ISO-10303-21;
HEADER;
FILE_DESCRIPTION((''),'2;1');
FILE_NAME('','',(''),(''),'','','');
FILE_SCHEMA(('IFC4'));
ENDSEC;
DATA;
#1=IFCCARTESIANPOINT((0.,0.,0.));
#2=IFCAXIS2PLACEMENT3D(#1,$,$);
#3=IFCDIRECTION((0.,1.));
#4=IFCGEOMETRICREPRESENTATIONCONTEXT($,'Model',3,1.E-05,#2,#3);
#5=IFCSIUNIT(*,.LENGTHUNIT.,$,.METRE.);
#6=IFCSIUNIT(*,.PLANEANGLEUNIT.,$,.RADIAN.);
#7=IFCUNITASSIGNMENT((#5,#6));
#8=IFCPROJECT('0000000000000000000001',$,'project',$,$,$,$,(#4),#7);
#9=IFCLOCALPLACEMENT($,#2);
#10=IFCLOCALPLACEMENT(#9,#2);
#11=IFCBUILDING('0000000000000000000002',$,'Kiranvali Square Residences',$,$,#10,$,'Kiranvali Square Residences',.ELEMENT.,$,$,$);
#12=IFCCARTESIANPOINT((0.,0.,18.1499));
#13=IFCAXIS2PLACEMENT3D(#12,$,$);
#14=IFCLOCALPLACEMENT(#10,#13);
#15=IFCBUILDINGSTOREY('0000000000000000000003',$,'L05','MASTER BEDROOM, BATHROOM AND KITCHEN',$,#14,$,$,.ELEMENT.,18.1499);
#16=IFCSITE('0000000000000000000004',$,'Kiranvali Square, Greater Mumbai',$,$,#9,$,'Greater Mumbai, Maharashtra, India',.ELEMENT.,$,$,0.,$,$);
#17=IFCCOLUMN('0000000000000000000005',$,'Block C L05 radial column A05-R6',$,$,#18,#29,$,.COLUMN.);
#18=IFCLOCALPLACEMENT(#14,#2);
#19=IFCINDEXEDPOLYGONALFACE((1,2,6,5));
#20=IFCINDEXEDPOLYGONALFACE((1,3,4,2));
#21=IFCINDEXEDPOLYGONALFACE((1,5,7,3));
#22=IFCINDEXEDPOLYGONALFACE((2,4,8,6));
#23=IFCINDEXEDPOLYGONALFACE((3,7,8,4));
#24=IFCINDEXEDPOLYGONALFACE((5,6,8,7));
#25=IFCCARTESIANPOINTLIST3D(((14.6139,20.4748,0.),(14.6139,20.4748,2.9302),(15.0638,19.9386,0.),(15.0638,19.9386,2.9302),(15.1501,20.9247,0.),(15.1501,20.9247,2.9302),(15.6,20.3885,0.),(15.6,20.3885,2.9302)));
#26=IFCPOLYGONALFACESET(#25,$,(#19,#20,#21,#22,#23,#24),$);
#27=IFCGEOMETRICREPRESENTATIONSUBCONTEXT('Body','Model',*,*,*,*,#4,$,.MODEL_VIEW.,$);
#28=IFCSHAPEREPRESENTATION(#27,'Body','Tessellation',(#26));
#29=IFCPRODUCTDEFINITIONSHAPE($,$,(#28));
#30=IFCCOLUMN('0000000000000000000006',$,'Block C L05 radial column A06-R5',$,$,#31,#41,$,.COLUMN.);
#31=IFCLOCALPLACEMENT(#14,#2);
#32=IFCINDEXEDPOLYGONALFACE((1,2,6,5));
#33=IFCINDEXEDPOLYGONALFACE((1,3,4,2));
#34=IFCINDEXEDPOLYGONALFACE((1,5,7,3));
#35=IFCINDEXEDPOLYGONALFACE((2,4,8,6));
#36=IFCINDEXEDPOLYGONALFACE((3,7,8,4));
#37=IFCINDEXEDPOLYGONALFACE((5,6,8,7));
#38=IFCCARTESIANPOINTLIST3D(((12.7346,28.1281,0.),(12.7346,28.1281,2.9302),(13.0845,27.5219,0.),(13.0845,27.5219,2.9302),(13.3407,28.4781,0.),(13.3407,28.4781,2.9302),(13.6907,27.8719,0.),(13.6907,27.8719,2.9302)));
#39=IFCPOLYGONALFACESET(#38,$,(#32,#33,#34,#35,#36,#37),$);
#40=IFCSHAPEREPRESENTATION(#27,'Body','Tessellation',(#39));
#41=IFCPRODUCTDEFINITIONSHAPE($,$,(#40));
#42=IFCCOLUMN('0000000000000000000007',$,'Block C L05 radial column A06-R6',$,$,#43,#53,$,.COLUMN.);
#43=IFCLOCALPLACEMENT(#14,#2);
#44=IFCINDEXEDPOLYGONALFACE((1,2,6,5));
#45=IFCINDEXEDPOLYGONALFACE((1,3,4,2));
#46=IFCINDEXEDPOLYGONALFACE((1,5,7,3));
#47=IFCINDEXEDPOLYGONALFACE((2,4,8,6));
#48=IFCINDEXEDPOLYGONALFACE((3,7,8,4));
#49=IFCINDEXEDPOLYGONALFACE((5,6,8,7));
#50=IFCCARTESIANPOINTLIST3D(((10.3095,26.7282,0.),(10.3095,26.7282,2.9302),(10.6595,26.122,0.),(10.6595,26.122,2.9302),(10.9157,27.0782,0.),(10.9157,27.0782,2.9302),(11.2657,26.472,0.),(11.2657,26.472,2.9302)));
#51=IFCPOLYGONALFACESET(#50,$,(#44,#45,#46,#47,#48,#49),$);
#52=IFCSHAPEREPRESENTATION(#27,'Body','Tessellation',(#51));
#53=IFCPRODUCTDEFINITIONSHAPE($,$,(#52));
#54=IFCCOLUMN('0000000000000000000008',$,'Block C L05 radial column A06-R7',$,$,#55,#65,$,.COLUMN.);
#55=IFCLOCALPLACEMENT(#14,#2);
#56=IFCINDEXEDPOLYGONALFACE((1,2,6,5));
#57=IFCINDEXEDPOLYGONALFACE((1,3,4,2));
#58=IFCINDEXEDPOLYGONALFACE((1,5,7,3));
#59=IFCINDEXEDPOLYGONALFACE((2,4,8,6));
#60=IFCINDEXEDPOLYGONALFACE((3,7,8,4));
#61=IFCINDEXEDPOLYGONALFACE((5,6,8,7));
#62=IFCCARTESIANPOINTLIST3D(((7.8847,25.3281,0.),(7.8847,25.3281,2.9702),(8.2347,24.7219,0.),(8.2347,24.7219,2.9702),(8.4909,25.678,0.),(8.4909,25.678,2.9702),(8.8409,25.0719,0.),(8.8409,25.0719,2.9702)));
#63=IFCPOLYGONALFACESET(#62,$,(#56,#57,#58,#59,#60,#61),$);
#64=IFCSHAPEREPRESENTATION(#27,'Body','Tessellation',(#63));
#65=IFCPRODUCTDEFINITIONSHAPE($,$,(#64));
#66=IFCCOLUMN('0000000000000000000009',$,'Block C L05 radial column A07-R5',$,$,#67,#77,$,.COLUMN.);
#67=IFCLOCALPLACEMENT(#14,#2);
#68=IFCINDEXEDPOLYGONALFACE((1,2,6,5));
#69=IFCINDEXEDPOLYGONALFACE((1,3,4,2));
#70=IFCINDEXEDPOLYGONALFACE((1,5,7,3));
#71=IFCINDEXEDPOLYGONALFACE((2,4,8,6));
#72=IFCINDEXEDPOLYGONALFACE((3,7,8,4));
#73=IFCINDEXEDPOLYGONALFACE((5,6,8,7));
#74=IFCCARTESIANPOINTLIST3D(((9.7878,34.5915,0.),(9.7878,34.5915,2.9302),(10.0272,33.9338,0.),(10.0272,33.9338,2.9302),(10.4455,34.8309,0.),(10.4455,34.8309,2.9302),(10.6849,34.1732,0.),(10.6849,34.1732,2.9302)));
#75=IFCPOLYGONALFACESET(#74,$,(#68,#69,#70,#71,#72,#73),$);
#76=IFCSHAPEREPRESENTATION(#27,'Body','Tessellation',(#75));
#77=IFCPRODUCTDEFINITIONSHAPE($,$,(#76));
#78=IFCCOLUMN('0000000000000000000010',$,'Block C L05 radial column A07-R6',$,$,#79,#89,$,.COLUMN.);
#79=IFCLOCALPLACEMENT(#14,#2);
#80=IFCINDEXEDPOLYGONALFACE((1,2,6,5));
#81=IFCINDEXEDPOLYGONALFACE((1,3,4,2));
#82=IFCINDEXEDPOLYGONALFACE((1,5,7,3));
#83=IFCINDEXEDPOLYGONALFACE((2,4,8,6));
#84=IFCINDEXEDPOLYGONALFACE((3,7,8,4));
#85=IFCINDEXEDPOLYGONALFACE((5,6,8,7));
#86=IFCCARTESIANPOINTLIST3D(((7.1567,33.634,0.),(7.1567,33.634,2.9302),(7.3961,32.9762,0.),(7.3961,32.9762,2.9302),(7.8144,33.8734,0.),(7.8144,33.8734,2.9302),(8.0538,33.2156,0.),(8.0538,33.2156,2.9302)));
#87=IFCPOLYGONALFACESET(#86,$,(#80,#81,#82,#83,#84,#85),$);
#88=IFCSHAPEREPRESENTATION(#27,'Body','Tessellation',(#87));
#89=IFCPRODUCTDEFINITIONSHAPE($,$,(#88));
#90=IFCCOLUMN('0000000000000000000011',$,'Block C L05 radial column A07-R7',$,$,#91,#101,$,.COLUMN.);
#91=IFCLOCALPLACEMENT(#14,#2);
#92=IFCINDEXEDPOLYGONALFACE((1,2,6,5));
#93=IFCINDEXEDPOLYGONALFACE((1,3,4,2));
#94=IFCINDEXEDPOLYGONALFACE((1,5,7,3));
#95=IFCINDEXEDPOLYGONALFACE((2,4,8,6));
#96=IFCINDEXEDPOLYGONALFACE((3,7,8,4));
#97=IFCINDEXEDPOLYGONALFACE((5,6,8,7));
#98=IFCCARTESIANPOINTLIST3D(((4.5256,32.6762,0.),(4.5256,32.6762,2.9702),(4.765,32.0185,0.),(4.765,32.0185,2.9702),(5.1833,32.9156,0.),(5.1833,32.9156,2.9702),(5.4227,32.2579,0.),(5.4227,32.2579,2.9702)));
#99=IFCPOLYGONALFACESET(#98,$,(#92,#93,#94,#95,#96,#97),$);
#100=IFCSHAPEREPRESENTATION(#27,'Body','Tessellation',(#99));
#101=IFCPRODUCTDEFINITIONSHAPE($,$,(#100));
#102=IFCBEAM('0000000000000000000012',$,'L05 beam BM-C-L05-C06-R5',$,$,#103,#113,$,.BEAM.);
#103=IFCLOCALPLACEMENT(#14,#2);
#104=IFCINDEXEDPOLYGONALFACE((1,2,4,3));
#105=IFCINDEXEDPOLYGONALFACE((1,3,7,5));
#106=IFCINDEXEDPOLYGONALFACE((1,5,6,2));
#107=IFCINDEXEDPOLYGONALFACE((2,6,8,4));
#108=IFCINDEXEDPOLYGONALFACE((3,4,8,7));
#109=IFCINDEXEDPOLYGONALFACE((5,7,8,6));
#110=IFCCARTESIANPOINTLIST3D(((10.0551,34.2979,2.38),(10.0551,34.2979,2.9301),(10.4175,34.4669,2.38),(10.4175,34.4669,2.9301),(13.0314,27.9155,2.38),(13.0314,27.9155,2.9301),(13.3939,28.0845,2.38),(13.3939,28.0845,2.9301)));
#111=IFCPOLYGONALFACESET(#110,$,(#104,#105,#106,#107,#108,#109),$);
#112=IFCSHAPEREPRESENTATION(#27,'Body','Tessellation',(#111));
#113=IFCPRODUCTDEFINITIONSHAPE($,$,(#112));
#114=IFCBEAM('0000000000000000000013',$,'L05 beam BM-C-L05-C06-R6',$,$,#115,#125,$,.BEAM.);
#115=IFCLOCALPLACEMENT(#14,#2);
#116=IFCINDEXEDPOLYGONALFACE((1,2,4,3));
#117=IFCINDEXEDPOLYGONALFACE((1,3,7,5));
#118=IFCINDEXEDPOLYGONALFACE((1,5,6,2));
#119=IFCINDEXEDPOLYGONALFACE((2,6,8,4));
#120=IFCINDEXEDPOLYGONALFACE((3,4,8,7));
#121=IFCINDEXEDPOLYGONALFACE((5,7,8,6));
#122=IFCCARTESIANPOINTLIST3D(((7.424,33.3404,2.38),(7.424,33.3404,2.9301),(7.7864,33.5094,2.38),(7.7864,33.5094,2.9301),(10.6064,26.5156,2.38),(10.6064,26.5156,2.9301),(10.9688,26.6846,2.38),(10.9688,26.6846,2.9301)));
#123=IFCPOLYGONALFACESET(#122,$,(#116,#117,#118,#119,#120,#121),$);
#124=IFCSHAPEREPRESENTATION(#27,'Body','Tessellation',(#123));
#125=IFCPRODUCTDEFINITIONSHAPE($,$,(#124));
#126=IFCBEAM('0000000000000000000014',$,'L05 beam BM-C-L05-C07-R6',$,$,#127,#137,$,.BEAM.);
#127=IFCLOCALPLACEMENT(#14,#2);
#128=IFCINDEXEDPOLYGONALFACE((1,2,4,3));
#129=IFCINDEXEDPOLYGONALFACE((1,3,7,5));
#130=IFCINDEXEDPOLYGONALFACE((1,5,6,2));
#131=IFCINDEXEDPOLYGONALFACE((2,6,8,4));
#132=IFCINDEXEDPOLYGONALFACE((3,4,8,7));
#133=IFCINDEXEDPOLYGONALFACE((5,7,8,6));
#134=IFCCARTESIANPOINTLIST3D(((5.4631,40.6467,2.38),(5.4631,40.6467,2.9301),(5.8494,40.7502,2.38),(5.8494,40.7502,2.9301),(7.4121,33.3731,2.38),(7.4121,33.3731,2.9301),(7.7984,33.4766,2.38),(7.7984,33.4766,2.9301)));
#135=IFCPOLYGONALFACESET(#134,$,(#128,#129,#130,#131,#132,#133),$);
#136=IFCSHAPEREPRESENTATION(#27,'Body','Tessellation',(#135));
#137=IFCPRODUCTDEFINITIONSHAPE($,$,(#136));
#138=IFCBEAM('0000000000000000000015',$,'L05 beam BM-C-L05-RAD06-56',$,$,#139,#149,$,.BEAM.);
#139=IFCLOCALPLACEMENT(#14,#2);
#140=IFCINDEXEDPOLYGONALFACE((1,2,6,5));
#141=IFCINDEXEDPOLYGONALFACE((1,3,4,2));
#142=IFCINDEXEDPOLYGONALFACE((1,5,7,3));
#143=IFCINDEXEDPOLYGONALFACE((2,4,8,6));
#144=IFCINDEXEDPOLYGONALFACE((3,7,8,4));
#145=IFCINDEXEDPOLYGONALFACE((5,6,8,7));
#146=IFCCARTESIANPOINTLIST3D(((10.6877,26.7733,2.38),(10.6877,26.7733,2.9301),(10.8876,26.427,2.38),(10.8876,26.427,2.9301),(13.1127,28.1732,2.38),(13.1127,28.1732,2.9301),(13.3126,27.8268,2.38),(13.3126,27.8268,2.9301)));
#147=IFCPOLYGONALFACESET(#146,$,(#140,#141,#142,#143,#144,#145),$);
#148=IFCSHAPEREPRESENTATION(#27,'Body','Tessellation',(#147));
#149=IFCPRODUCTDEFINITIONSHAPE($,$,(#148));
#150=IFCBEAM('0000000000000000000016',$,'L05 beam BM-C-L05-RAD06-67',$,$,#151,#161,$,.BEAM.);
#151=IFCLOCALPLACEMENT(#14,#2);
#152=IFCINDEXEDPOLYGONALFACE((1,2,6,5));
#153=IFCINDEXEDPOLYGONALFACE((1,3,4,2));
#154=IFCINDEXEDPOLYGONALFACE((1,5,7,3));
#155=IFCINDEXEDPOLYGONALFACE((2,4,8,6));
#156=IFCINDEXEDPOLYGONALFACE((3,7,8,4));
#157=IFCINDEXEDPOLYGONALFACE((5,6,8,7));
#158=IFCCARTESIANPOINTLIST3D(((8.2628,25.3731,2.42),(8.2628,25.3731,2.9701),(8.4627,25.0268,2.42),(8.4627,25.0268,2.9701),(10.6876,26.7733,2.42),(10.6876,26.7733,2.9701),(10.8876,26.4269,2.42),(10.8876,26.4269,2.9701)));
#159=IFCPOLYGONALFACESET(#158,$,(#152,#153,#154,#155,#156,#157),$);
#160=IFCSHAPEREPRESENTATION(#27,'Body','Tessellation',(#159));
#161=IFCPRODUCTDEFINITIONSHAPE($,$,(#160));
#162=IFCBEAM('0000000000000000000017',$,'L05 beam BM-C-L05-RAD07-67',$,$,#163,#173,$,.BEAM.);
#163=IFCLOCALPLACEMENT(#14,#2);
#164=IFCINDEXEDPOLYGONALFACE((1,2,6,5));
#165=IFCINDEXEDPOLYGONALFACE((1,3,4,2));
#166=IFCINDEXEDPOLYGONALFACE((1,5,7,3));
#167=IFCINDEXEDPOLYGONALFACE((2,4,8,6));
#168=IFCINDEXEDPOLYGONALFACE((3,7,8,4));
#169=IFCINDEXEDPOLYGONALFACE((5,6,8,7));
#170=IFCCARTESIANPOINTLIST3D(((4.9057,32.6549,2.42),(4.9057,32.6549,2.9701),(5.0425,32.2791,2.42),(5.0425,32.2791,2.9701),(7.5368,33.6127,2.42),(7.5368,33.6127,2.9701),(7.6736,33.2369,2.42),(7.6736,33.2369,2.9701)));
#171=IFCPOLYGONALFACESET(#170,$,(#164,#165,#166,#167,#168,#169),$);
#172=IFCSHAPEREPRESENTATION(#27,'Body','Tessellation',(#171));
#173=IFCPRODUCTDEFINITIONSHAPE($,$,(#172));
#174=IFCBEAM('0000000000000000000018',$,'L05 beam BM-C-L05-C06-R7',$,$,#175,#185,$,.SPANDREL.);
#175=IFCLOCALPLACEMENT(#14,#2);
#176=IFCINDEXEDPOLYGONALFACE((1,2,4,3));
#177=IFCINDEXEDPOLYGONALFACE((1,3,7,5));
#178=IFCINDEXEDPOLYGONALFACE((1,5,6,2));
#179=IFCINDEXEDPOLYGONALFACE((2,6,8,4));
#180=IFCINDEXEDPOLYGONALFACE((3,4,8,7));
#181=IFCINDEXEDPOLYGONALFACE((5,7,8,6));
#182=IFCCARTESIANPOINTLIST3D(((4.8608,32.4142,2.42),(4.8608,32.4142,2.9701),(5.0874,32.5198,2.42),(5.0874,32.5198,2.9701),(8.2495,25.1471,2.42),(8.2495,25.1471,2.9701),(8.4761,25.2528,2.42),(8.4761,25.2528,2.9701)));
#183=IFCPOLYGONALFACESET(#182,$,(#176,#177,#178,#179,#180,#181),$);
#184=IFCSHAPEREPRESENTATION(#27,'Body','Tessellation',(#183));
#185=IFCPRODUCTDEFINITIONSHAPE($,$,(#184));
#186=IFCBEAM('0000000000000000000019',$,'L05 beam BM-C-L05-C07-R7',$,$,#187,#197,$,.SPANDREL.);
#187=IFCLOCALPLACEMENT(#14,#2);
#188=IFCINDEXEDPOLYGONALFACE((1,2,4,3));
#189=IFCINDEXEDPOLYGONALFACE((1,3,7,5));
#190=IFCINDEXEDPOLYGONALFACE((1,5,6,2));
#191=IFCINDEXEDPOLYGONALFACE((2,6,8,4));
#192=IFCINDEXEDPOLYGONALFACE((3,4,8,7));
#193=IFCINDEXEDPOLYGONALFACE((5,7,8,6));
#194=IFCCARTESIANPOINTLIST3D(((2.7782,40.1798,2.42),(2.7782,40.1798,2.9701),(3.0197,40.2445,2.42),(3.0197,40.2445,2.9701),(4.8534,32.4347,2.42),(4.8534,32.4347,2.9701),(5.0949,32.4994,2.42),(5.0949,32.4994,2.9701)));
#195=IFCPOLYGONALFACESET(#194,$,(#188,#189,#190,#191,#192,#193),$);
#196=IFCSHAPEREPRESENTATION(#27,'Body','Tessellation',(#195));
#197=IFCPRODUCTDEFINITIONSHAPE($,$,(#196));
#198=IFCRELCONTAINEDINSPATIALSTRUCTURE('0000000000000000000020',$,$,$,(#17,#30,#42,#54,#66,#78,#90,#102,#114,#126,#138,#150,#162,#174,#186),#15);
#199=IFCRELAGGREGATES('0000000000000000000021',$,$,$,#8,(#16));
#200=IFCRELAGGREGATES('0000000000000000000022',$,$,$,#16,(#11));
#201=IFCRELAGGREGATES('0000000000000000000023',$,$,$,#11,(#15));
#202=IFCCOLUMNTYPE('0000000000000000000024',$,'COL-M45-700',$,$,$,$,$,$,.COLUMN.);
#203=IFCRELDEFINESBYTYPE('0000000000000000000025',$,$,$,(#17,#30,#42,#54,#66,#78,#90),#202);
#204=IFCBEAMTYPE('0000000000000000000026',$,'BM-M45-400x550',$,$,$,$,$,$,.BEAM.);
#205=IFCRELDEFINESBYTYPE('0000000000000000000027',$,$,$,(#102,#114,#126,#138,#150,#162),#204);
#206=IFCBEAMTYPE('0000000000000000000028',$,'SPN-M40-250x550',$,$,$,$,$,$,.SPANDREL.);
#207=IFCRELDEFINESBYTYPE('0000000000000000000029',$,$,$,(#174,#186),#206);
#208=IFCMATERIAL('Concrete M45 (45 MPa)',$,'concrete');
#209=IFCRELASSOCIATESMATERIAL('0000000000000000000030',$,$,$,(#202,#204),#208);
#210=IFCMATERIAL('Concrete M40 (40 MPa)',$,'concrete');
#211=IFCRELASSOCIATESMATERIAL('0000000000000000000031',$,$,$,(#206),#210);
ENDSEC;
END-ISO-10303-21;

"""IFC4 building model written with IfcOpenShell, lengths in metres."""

from ifc_helpers import new_model, si_unit, direction, frame, origin, origin_2d, place, context, subcontext, project, spatial, rectangle, extrude, material, material_profile, profile_set, type_object, element, save


model = new_model("IFC4")

# Units and contexts
model_context = context("Model", 3, precision=1e-05, world=origin(), true_north=direction((0.0, 1.0)))
body_context = subcontext(model_context, "Body", "Model", "MODEL_VIEW")
ifc_project = project(units=[si_unit("LENGTHUNIT", "METRE"), si_unit("PLANEANGLEUNIT", "RADIAN")], contexts=[model_context])

# Site, building, storey
site_placement = place(None, origin())
site = spatial("IfcSite", under=ifc_project, at=site_placement, Name="Kiranvali Square, Greater Mumbai", LongName="Greater Mumbai, Maharashtra, India", CompositionType="ELEMENT", RefElevation=0.0)
building_placement = place(site_placement, origin())
building = spatial("IfcBuilding", under=site, at=building_placement, Name="Kiranvali Square Residences", LongName="Kiranvali Square Residences", CompositionType="ELEMENT")
storey_placement = place(building_placement, frame((0.0, 0.0, 18.1499)))
storey = spatial("IfcBuildingStorey", under=building, at=storey_placement, Name="L05", Description="MASTER BEDROOM, BATHROOM AND KITCHEN", CompositionType="ELEMENT", Elevation=18.1499)

# Columns
ifc_material_1 = material(Name="Concrete M45 (45 MPa)", Category="concrete")
ifc_material_profile_1 = material_profile(ifc_material_1, rectangle(XDim=0.7, YDim=0.7, at=origin_2d()), Name="RC 700x700")
ifc_profile_set_1 = profile_set([ifc_material_profile_1], Name="Concrete M45 (45 MPa)")
column_type = type_object("IfcColumnType", Name="COL-M45-700", PredefinedType="COLUMN", material=ifc_profile_set_1)
for number, where, z_axis, x_axis, name in (
    (1, (15.1069, 20.4316, 0.0), (0.0, 0.0, 1.0), (-0.642788, 0.766044, 0.0), "Block C L05 radial column A05-R6"),
    (2, (13.2126, 28.0, 0.0), (0.0, 0.0, 1.0), (-0.5, 0.866025, 0.0), "Block C L05 radial column A06-R5"),
    (3, (10.7876, 26.6001, 0.0), (0.0, 0.0, 1.0), (-0.5, 0.866025, 0.0), "Block C L05 radial column A06-R6"),
):
    element("IfcColumn", number, at=place(storey_placement, frame(where, z_axis=z_axis, x_axis=x_axis)), inside=storey, type_object=column_type, Name=name, PredefinedType="COLUMN", context=body_context, shape_type="SweptSolid", body=[
        extrude(rectangle(XDim=0.7, YDim=0.7, at=origin_2d()), origin(), (0.0, 0.0, 1.0), 2.9302),
    ])
column_1_placement = place(storey_placement, frame((8.3628, 25.2, 0.0), z_axis=(0.0, 0.0, 1.0), x_axis=(-0.5, 0.866025, 0.0)))
element("IfcColumn", 4, at=column_1_placement, inside=storey, type_object=column_type, Name="Block C L05 radial column A06-R7", PredefinedType="COLUMN", context=body_context, shape_type="SweptSolid", body=[
    extrude(rectangle(XDim=0.7, YDim=0.7, at=origin_2d()), origin(), (0.0, 0.0, 1.0), 2.9702),
])
for number, where, z_axis, x_axis, name in (
    (5, (10.2363, 34.3823, 0.0), (0.0, 0.0, 1.0), (-0.34202, 0.939693, 0.0), "Block C L05 radial column A07-R5"),
    (6, (7.6052, 33.4248, 0.0), (0.0, 0.0, 1.0), (-0.34202, 0.939693, 0.0), "Block C L05 radial column A07-R6"),
):
    element("IfcColumn", number, at=place(storey_placement, frame(where, z_axis=z_axis, x_axis=x_axis)), inside=storey, type_object=column_type, Name=name, PredefinedType="COLUMN", context=body_context, shape_type="SweptSolid", body=[
        extrude(rectangle(XDim=0.7, YDim=0.7, at=origin_2d()), origin(), (0.0, 0.0, 1.0), 2.9302),
    ])
column_2_placement = place(storey_placement, frame((4.9741, 32.467, 0.0), z_axis=(0.0, 0.0, 1.0), x_axis=(-0.34202, 0.939693, 0.0)))
element("IfcColumn", 7, at=column_2_placement, inside=storey, type_object=column_type, Name="Block C L05 radial column A07-R7", PredefinedType="COLUMN", context=body_context, shape_type="SweptSolid", body=[
    extrude(rectangle(XDim=0.7, YDim=0.7, at=origin_2d()), origin(), (0.0, 0.0, 1.0), 2.9702),
])

# Beams
ifc_material_profile_2 = material_profile(ifc_material_1, rectangle(XDim=0.3999, YDim=0.55, at=origin_2d()), Name="RC 400x550")
ifc_profile_set_2 = profile_set([ifc_material_profile_2], Name="Concrete M45 (45 MPa)")
beam_type_1 = type_object("IfcBeamType", Name="BM-M45-400x550", PredefinedType="BEAM", material=ifc_profile_set_2)
beam_placement = place(storey_placement, frame((13.2126, 28.0, 2.655), z_axis=(-0.422641, 0.906297, 0.0), x_axis=(-0.906297, -0.422641, 0.0)))
element("IfcBeam", 8, at=beam_placement, inside=storey, type_object=beam_type_1, Name="L05 beam BM-C-L05-C06-R5", PredefinedType="BEAM", context=body_context, shape_type="SweptSolid", body=[
    extrude(rectangle(XDim=0.3999, YDim=0.55, at=origin_2d()), origin(), (0.0, 0.0, 1.0), 7.0422),
])
for number, where, z_axis, x_axis, name in (
    (9, (10.7876, 26.6001, 2.655), (-0.422614, 0.90631, 0.0), (-0.90631, -0.422614, 0.0), "L05 beam BM-C-L05-C06-R6"),
    (10, (7.6052, 33.4248, 2.655), (-0.258819, 0.965926, 0.0), (-0.965926, -0.258819, 0.0), "L05 beam BM-C-L05-C07-R6"),
):
    element("IfcBeam", number, at=place(storey_placement, frame(where, z_axis=z_axis, x_axis=x_axis)), inside=storey, type_object=beam_type_1, Name=name, PredefinedType="BEAM", context=body_context, shape_type="SweptSolid", body=[
        extrude(rectangle(XDim=0.3999, YDim=0.55, at=origin_2d()), origin(), (0.0, 0.0, 1.0), 7.5303),
    ])
for number, where, z_axis, x_axis, name in (
    (11, (13.2126, 28.0, 2.655), (-0.866056, -0.499946, 0.0), (0.499946, -0.866056, 0.0), "L05 beam BM-C-L05-RAD06-56"),
    (12, (10.7876, 26.6001, 2.6951), (-0.865997, -0.50005, 0.0), (0.50005, -0.865997, 0.0), "L05 beam BM-C-L05-RAD06-67"),
    (13, (7.6052, 33.4248, 2.6951), (-0.939679, -0.342058, 0.0), (0.342058, -0.939679, 0.0), "L05 beam BM-C-L05-RAD07-67"),
):
    element("IfcBeam", number, at=place(storey_placement, frame(where, z_axis=z_axis, x_axis=x_axis)), inside=storey, type_object=beam_type_1, Name=name, PredefinedType="BEAM", context=body_context, shape_type="SweptSolid", body=[
        extrude(rectangle(XDim=0.3999, YDim=0.55, at=origin_2d()), origin(), (0.0, 0.0, 1.0), 2.8),
    ])
ifc_material_2 = material(Name="Concrete M40 (40 MPa)", Category="concrete")
ifc_material_profile_3 = material_profile(ifc_material_2, rectangle(XDim=0.25, YDim=0.55, at=origin_2d()), Name="RC 250x550")
ifc_profile_set_3 = profile_set([ifc_material_profile_3], Name="Concrete M40 (40 MPa)")
beam_type_2 = type_object("IfcBeamType", Name="SPN-M40-250x550", PredefinedType="SPANDREL", material=ifc_profile_set_3)
for number, where, z_axis, x_axis, name in (
    (14, (8.3628, 25.2, 2.6951), (-0.422615, 0.906309, 0.0), (-0.906309, -0.422615, 0.0), "L05 beam BM-C-L05-C06-R7"),
    (15, (4.9741, 32.467, 2.6951), (-0.258807, 0.965929, 0.0), (-0.965929, -0.258807, 0.0), "L05 beam BM-C-L05-C07-R7"),
):
    element("IfcBeam", number, at=place(storey_placement, frame(where, z_axis=z_axis, x_axis=x_axis)), inside=storey, type_object=beam_type_2, Name=name, PredefinedType="SPANDREL", context=body_context, shape_type="SweptSolid", body=[
        extrude(rectangle(XDim=0.25, YDim=0.55, at=origin_2d()), origin(), (0.0, 0.0, 1.0), 8.0183),
    ])

save(model, "model.ifc")
